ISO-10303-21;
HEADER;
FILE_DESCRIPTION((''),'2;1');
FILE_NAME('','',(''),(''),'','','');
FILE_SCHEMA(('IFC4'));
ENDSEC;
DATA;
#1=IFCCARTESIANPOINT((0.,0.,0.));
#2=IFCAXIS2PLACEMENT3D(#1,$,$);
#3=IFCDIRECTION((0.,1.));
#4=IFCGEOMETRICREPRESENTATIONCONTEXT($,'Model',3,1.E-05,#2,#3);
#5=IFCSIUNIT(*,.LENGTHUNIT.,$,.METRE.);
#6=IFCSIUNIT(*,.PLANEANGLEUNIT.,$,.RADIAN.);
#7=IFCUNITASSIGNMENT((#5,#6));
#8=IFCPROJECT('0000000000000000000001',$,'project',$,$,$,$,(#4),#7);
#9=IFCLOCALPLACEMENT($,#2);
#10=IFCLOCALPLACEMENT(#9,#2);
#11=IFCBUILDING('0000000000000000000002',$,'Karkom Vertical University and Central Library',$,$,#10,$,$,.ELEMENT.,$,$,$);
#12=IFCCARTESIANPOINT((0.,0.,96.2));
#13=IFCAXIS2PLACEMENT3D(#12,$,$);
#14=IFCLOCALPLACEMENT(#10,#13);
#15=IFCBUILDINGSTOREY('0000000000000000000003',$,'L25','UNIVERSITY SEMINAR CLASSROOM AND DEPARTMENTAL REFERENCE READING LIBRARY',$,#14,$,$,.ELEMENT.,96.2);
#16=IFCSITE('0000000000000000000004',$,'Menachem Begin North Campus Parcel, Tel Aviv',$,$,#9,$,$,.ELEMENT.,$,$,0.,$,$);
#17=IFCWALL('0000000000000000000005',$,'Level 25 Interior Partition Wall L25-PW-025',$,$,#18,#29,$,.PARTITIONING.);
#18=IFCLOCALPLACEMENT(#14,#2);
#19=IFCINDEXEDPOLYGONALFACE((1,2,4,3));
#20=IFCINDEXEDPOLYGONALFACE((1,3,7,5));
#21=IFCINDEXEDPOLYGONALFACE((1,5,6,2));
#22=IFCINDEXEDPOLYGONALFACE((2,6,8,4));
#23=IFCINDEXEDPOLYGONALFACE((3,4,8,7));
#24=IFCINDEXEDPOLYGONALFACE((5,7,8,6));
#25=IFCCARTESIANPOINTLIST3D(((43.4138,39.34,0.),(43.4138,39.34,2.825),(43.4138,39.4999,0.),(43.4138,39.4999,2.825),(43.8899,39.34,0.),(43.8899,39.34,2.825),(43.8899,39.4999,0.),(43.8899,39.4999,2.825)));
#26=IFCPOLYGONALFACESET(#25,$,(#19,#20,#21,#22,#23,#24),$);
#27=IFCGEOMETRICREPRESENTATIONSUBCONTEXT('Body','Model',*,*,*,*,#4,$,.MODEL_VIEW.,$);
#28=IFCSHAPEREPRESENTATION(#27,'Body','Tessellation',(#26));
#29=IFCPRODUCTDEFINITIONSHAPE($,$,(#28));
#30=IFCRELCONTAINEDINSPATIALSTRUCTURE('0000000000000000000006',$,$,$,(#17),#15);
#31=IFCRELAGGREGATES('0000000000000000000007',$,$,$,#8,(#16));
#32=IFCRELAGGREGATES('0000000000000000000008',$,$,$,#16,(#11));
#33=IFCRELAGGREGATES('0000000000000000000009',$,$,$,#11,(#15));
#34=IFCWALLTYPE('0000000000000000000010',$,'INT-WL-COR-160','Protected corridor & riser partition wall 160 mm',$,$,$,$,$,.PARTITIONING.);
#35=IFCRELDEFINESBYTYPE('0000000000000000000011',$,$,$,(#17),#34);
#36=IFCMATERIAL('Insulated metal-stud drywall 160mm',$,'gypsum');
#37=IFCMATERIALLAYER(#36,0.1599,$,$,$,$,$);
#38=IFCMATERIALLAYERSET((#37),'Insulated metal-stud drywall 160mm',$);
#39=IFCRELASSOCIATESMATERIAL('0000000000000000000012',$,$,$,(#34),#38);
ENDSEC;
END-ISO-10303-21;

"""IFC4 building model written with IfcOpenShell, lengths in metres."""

from ifc_helpers import new_model, si_unit, direction, frame, frame_2d, origin, place, context, subcontext, project, spatial, rectangle, extrude, material, layer, layer_set, type_object, element, save


model = new_model("IFC4")

# Units and contexts
model_context = context("Model", 3, precision=1e-05, world=origin(), true_north=direction((0.0, 1.0)))
body_context = subcontext(model_context, "Body", "Model", "MODEL_VIEW")
ifc_project = project(units=[si_unit("LENGTHUNIT", "METRE"), si_unit("PLANEANGLEUNIT", "RADIAN")], contexts=[model_context])

# Site, building, storey
site_placement = place(None, origin())
site = spatial("IfcSite", under=ifc_project, at=site_placement, Name="Menachem Begin North Campus Parcel, Tel Aviv", CompositionType="ELEMENT", RefElevation=0.0)
building_placement = place(site_placement, origin())
building = spatial("IfcBuilding", under=site, at=building_placement, Name="Karkom Vertical University and Central Library", CompositionType="ELEMENT")
storey_placement = place(building_placement, frame((0.0, 0.0, 96.2)))
storey = spatial("IfcBuildingStorey", under=building, at=storey_placement, Name="L25", Description="UNIVERSITY SEMINAR CLASSROOM AND DEPARTMENTAL REFERENCE READING LIBRARY", CompositionType="ELEMENT", Elevation=96.2)

# Shared definitions
ifc_material_1 = material(Name="Insulated metal-stud drywall 160mm", Category="gypsum")
ifc_layer_1 = layer(ifc_material_1, 0.1599)
ifc_layer_set_1 = layer_set([ifc_layer_1], Name="Insulated metal-stud drywall 160mm")
wall_type_1 = type_object("IfcWallType", Name="INT-WL-COR-160", Description="Protected corridor & riser partition wall 160 mm", PredefinedType="PARTITIONING", material=ifc_layer_set_1)

# Wall
wall_1_placement = place(storey_placement, frame((43.8899, 39.4199, 0.0), z_axis=(0.0, 0.0, 1.0), x_axis=(-1.0, 0.0, 0.0)))
element("IfcWall", 1, at=wall_1_placement, inside=storey, type_object=wall_type_1, Name="Level 25 Interior Partition Wall L25-PW-025", PredefinedType="PARTITIONING", context=body_context, shape_type="SweptSolid", body=[
    extrude(rectangle(XDim=0.4761, YDim=0.1599, at=frame_2d((0.238, 0.0))), origin(), (0.0, 0.0, 1.0), 2.825),
])

save(model, "model.ifc")
